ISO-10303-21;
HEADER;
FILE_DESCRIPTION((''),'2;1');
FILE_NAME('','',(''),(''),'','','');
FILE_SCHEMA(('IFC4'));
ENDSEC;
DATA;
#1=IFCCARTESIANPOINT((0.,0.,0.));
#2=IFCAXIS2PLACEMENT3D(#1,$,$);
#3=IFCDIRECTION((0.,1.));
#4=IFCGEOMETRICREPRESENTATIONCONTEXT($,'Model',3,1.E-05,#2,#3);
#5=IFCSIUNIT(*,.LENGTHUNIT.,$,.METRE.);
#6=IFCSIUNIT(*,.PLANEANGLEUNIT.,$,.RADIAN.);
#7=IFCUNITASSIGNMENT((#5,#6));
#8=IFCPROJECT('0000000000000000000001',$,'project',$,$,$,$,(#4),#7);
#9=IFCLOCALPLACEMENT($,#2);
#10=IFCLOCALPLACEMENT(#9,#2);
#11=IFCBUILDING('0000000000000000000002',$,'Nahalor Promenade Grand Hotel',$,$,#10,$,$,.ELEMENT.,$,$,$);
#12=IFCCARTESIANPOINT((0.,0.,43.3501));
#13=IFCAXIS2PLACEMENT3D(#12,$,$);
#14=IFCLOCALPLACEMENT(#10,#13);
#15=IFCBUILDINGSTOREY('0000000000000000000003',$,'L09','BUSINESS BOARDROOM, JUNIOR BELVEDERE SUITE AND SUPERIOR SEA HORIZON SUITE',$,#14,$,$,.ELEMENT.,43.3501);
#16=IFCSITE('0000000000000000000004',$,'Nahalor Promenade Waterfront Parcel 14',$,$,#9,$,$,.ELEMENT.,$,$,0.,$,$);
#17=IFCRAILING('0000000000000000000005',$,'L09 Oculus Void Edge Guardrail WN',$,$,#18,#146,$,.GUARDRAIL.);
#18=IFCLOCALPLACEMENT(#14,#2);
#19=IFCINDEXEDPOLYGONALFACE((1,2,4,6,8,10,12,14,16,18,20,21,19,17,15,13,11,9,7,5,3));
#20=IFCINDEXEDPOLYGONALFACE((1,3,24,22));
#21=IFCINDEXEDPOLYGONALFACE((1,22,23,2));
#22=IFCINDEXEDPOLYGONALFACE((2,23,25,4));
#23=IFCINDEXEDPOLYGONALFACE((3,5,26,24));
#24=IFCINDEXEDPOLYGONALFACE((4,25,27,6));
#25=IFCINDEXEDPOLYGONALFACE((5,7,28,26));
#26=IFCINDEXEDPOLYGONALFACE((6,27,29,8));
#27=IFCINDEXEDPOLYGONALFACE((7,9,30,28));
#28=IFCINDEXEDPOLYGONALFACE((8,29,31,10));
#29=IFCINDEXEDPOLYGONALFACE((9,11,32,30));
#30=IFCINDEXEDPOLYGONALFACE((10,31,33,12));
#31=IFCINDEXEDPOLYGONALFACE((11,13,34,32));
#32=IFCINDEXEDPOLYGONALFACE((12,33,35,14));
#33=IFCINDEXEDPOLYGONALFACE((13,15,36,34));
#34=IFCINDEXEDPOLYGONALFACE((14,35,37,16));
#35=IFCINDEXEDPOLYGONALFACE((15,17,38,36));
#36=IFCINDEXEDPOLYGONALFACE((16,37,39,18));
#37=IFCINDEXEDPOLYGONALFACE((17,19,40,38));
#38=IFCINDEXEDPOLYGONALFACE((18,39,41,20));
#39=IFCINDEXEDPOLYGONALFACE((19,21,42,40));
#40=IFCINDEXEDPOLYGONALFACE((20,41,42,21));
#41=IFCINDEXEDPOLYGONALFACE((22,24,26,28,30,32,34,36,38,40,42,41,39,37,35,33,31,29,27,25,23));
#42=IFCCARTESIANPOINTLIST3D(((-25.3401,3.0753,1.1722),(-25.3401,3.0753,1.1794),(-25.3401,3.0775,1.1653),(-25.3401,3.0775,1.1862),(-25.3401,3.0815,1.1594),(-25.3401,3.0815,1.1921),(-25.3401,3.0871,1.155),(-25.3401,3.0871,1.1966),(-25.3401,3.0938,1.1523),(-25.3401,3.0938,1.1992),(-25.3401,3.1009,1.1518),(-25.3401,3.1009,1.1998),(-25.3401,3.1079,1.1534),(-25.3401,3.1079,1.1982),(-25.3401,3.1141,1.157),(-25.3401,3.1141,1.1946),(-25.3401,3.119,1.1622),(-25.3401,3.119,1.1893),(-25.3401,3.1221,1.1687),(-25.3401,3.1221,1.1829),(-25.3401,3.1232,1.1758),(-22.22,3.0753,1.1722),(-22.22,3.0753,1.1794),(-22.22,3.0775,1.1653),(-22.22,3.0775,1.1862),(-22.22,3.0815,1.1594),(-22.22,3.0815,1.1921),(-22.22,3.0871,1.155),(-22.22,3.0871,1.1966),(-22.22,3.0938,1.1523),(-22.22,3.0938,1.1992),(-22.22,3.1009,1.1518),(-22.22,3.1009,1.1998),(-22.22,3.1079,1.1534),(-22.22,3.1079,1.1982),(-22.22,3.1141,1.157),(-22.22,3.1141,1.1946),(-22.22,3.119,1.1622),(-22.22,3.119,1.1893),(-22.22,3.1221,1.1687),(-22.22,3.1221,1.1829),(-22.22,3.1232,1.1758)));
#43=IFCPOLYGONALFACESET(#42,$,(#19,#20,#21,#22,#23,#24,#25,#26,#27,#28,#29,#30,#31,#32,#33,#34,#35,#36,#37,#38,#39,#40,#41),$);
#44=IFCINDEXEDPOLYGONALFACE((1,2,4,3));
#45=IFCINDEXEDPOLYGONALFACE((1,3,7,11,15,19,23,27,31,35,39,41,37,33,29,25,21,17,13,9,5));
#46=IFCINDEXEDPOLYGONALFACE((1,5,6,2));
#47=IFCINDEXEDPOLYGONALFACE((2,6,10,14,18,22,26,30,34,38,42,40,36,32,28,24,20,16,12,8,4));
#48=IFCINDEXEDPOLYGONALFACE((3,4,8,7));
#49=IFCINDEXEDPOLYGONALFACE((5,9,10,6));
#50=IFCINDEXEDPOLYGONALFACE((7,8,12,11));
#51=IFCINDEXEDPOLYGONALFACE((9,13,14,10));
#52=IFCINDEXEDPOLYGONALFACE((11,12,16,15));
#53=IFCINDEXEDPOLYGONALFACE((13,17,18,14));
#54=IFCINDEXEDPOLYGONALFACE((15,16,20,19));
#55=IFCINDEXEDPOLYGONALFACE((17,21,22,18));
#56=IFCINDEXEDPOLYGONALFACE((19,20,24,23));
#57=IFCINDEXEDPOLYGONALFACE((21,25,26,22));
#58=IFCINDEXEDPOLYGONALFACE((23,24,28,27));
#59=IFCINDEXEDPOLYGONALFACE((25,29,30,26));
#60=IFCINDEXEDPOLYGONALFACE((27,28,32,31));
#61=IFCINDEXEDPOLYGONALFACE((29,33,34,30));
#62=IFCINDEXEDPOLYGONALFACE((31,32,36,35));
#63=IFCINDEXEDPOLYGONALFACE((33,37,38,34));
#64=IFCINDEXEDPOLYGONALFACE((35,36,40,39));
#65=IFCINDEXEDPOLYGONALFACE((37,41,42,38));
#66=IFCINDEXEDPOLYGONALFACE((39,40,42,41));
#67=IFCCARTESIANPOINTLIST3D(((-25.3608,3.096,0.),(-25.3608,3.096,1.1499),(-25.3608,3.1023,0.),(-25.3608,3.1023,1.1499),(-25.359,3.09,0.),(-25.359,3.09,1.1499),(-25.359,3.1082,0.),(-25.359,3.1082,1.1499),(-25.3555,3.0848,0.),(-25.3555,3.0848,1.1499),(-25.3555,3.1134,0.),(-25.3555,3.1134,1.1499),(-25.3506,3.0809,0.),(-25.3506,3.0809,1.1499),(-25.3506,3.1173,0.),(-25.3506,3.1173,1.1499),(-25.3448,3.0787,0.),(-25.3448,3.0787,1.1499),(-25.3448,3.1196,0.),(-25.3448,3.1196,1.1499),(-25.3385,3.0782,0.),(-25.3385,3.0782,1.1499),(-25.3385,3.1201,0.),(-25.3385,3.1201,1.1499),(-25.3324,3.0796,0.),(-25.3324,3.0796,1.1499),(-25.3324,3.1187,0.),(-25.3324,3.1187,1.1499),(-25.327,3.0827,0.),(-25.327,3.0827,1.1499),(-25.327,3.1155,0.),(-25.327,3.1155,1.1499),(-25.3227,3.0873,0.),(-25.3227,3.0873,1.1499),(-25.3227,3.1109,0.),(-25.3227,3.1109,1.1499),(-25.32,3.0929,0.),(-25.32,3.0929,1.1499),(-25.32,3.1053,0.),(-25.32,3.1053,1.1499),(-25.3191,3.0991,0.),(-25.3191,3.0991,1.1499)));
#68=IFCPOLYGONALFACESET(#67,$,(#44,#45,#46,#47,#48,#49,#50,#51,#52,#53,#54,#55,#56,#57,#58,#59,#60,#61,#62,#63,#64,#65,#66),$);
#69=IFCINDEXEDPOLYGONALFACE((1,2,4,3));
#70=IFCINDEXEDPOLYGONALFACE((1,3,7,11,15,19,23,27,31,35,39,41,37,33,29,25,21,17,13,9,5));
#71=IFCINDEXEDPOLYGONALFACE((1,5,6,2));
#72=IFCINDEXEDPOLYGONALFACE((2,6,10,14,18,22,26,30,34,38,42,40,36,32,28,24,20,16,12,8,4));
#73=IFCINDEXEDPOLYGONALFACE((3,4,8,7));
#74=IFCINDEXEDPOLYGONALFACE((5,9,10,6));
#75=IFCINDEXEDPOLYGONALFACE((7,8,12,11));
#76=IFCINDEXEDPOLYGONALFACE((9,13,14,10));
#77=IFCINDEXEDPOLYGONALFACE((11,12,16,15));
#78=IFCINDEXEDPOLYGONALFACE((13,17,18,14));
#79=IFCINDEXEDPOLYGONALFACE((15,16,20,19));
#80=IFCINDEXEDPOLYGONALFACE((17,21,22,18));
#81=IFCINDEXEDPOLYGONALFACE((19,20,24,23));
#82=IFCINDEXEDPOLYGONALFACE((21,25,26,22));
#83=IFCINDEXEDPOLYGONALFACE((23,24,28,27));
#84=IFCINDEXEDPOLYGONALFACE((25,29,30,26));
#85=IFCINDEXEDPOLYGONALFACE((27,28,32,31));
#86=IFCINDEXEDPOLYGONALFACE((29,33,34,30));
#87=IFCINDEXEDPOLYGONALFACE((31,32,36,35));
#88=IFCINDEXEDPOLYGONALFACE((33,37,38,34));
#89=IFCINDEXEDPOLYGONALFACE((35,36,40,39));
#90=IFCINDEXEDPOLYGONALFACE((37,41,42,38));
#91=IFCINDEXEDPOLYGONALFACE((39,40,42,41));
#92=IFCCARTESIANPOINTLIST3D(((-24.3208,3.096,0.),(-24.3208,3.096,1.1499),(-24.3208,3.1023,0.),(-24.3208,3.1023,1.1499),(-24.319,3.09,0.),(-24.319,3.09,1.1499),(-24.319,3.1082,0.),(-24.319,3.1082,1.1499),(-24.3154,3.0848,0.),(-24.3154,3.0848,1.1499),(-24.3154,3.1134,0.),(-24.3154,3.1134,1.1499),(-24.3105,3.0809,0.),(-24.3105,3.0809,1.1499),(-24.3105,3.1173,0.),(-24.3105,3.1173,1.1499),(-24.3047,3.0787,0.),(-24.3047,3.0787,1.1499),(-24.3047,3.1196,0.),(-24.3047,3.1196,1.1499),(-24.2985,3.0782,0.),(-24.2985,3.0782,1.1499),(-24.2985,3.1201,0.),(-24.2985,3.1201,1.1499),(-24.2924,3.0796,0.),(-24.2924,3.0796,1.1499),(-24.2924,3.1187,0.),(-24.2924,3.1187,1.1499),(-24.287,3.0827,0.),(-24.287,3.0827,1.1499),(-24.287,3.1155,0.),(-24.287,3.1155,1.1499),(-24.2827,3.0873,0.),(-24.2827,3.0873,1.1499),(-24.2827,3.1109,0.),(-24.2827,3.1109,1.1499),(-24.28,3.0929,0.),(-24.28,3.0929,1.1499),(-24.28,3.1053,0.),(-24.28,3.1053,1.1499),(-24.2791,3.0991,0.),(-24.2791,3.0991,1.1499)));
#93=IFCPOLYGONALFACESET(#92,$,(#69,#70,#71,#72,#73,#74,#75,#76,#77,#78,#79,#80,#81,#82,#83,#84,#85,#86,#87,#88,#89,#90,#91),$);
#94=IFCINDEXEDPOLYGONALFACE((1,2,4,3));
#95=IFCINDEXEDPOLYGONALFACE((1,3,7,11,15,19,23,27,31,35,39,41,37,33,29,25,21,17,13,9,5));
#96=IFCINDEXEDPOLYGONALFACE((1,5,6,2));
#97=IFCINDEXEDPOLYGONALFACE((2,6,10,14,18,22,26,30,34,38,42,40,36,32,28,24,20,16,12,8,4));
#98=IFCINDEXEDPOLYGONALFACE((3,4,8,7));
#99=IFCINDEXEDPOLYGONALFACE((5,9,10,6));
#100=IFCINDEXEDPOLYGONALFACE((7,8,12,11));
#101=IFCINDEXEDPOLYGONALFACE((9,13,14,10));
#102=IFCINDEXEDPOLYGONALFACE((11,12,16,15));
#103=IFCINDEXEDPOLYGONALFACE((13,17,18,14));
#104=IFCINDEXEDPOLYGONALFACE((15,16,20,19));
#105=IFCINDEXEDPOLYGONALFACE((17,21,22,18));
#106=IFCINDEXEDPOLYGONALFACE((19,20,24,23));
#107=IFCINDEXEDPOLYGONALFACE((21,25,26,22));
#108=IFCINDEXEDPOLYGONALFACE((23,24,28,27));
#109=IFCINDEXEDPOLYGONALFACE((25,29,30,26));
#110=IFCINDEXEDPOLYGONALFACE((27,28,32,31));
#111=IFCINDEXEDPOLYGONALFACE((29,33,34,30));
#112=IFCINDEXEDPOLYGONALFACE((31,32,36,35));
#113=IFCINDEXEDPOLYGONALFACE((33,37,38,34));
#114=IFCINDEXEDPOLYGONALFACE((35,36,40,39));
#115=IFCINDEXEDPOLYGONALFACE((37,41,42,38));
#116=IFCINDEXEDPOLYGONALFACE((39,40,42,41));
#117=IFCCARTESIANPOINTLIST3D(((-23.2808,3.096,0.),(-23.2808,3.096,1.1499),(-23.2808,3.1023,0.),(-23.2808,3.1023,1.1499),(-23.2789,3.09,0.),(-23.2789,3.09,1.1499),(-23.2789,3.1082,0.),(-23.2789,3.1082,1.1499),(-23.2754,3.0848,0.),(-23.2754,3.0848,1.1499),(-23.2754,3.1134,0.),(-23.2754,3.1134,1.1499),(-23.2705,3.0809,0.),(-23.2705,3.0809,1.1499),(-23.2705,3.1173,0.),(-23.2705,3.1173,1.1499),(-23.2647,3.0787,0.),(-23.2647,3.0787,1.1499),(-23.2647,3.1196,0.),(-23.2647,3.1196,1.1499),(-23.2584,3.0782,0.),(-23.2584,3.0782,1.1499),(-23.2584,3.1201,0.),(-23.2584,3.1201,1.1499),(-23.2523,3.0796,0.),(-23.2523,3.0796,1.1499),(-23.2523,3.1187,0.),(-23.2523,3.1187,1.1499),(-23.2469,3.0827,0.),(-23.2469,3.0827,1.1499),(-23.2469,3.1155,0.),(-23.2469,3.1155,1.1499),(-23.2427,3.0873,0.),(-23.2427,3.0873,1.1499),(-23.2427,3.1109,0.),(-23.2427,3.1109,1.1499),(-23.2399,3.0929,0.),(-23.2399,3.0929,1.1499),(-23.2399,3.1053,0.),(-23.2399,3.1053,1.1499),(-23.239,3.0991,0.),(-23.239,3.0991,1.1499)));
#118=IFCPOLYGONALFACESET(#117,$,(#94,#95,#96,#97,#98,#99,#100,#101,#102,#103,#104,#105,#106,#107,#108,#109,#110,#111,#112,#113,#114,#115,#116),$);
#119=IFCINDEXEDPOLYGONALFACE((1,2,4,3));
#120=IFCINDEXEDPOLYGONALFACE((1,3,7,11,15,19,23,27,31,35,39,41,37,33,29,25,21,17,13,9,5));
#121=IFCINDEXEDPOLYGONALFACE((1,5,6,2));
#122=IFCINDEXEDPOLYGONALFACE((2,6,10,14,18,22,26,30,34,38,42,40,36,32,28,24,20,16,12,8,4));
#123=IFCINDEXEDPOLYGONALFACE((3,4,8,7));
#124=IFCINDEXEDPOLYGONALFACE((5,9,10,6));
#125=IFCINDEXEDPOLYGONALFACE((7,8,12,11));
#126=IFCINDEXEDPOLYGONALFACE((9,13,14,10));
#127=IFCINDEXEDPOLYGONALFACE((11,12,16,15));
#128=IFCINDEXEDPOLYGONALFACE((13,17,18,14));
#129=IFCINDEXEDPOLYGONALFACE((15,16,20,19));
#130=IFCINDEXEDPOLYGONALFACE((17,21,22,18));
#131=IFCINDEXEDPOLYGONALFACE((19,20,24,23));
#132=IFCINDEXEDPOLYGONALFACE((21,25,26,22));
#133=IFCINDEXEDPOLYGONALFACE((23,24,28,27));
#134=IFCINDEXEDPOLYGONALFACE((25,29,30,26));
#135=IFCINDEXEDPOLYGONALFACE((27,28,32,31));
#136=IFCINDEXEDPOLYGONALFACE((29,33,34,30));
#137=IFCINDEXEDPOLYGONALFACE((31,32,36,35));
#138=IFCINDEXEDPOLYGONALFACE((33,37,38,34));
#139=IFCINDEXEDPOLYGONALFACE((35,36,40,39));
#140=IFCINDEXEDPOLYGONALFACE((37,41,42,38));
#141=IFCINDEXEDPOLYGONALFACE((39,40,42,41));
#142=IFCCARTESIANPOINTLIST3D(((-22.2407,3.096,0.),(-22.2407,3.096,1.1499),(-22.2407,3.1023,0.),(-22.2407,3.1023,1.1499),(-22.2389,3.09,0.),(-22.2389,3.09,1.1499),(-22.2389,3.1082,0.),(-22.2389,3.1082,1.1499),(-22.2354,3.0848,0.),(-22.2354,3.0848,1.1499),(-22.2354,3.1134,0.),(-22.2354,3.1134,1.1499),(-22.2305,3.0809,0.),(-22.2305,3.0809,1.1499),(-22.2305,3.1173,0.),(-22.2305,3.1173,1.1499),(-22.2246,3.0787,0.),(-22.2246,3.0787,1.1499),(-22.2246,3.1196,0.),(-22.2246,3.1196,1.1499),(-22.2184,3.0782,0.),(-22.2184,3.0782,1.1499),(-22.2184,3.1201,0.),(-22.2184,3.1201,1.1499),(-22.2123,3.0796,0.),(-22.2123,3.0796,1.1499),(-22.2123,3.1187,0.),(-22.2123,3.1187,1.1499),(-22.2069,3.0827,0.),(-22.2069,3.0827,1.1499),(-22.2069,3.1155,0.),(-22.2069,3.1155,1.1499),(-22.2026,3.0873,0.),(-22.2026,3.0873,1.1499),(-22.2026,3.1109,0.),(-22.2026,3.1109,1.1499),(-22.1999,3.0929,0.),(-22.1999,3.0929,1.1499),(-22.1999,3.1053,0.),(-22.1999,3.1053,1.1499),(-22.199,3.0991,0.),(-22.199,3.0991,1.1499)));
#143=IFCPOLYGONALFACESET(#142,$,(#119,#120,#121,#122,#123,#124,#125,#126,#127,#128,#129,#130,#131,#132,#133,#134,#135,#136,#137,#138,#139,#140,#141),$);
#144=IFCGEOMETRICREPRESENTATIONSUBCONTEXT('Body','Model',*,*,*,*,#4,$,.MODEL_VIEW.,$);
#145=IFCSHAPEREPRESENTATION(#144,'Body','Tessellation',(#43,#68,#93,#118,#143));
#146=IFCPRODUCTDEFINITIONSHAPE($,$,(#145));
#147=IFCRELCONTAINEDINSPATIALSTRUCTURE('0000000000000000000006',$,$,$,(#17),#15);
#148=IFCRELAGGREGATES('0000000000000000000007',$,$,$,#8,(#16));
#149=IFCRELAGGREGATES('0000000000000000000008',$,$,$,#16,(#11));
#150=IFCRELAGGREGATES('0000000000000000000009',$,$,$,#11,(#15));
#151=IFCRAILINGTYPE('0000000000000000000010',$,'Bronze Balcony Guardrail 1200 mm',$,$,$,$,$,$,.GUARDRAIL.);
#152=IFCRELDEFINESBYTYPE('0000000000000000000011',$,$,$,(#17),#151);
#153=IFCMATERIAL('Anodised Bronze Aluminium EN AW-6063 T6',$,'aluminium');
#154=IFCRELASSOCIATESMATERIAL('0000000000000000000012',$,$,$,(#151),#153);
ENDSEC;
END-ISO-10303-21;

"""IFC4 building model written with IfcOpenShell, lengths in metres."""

from ifc_helpers import new_model, si_unit, direction, frame, origin, origin_2d, place, context, subcontext, project, spatial, circle, extrude, material, type_object, element, save


model = new_model("IFC4")

# Units and contexts
model_context = context("Model", 3, precision=1e-05, world=origin(), true_north=direction((0.0, 1.0)))
body_context = subcontext(model_context, "Body", "Model", "MODEL_VIEW")
ifc_project = project(units=[si_unit("LENGTHUNIT", "METRE"), si_unit("PLANEANGLEUNIT", "RADIAN")], contexts=[model_context])

# Site, building, storey
site_placement = place(None, origin())
site = spatial("IfcSite", under=ifc_project, at=site_placement, Name="Nahalor Promenade Waterfront Parcel 14", CompositionType="ELEMENT", RefElevation=0.0)
building_placement = place(site_placement, origin())
building = spatial("IfcBuilding", under=site, at=building_placement, Name="Nahalor Promenade Grand Hotel", CompositionType="ELEMENT")
storey_placement = place(building_placement, frame((0.0, 0.0, 43.3501)))
storey = spatial("IfcBuildingStorey", under=building, at=storey_placement, Name="L09", Description="BUSINESS BOARDROOM, JUNIOR BELVEDERE SUITE AND SUPERIOR SEA HORIZON SUITE", CompositionType="ELEMENT", Elevation=43.3501)

# Shared definitions
ifc_material_1 = material(Name="Anodised Bronze Aluminium EN AW-6063 T6", Category="aluminium")

# Railing
railing_type = type_object("IfcRailingType", Name="Bronze Balcony Guardrail 1200 mm", PredefinedType="GUARDRAIL", material=ifc_material_1)
for number, where, name in (
    (1, (-25.3401, 3.0991, 0.0), "L09 Oculus Void Edge Guardrail WN"),
):
    element("IfcRailing", number, at=place(storey_placement, frame(where)), inside=storey, type_object=railing_type, Name=name, PredefinedType="GUARDRAIL", context=body_context, shape_type="SweptSolid", body=[
        extrude(circle(Radius=0.024, at=origin_2d()), frame((0.0, 0.0, 1.1758), z_axis=(1.0, 0.0, 0.0), x_axis=(0.0, 1.0, 0.0)), (0.0, 0.0, 1.0), 3.1201),
        extrude(circle(Radius=0.021, at=origin_2d()), origin(), (0.0, 0.0, 1.0), 1.1499),
        extrude(circle(Radius=0.021, at=origin_2d()), frame((1.04, 0.0, 0.0)), (0.0, 0.0, 1.0), 1.1499),
        extrude(circle(Radius=0.021, at=origin_2d()), frame((2.0801, 0.0, 0.0)), (0.0, 0.0, 1.0), 1.1499),
        extrude(circle(Radius=0.021, at=origin_2d()), frame((3.1201, 0.0, 0.0)), (0.0, 0.0, 1.0), 1.1499),
    ])

save(model, "model.ifc")
